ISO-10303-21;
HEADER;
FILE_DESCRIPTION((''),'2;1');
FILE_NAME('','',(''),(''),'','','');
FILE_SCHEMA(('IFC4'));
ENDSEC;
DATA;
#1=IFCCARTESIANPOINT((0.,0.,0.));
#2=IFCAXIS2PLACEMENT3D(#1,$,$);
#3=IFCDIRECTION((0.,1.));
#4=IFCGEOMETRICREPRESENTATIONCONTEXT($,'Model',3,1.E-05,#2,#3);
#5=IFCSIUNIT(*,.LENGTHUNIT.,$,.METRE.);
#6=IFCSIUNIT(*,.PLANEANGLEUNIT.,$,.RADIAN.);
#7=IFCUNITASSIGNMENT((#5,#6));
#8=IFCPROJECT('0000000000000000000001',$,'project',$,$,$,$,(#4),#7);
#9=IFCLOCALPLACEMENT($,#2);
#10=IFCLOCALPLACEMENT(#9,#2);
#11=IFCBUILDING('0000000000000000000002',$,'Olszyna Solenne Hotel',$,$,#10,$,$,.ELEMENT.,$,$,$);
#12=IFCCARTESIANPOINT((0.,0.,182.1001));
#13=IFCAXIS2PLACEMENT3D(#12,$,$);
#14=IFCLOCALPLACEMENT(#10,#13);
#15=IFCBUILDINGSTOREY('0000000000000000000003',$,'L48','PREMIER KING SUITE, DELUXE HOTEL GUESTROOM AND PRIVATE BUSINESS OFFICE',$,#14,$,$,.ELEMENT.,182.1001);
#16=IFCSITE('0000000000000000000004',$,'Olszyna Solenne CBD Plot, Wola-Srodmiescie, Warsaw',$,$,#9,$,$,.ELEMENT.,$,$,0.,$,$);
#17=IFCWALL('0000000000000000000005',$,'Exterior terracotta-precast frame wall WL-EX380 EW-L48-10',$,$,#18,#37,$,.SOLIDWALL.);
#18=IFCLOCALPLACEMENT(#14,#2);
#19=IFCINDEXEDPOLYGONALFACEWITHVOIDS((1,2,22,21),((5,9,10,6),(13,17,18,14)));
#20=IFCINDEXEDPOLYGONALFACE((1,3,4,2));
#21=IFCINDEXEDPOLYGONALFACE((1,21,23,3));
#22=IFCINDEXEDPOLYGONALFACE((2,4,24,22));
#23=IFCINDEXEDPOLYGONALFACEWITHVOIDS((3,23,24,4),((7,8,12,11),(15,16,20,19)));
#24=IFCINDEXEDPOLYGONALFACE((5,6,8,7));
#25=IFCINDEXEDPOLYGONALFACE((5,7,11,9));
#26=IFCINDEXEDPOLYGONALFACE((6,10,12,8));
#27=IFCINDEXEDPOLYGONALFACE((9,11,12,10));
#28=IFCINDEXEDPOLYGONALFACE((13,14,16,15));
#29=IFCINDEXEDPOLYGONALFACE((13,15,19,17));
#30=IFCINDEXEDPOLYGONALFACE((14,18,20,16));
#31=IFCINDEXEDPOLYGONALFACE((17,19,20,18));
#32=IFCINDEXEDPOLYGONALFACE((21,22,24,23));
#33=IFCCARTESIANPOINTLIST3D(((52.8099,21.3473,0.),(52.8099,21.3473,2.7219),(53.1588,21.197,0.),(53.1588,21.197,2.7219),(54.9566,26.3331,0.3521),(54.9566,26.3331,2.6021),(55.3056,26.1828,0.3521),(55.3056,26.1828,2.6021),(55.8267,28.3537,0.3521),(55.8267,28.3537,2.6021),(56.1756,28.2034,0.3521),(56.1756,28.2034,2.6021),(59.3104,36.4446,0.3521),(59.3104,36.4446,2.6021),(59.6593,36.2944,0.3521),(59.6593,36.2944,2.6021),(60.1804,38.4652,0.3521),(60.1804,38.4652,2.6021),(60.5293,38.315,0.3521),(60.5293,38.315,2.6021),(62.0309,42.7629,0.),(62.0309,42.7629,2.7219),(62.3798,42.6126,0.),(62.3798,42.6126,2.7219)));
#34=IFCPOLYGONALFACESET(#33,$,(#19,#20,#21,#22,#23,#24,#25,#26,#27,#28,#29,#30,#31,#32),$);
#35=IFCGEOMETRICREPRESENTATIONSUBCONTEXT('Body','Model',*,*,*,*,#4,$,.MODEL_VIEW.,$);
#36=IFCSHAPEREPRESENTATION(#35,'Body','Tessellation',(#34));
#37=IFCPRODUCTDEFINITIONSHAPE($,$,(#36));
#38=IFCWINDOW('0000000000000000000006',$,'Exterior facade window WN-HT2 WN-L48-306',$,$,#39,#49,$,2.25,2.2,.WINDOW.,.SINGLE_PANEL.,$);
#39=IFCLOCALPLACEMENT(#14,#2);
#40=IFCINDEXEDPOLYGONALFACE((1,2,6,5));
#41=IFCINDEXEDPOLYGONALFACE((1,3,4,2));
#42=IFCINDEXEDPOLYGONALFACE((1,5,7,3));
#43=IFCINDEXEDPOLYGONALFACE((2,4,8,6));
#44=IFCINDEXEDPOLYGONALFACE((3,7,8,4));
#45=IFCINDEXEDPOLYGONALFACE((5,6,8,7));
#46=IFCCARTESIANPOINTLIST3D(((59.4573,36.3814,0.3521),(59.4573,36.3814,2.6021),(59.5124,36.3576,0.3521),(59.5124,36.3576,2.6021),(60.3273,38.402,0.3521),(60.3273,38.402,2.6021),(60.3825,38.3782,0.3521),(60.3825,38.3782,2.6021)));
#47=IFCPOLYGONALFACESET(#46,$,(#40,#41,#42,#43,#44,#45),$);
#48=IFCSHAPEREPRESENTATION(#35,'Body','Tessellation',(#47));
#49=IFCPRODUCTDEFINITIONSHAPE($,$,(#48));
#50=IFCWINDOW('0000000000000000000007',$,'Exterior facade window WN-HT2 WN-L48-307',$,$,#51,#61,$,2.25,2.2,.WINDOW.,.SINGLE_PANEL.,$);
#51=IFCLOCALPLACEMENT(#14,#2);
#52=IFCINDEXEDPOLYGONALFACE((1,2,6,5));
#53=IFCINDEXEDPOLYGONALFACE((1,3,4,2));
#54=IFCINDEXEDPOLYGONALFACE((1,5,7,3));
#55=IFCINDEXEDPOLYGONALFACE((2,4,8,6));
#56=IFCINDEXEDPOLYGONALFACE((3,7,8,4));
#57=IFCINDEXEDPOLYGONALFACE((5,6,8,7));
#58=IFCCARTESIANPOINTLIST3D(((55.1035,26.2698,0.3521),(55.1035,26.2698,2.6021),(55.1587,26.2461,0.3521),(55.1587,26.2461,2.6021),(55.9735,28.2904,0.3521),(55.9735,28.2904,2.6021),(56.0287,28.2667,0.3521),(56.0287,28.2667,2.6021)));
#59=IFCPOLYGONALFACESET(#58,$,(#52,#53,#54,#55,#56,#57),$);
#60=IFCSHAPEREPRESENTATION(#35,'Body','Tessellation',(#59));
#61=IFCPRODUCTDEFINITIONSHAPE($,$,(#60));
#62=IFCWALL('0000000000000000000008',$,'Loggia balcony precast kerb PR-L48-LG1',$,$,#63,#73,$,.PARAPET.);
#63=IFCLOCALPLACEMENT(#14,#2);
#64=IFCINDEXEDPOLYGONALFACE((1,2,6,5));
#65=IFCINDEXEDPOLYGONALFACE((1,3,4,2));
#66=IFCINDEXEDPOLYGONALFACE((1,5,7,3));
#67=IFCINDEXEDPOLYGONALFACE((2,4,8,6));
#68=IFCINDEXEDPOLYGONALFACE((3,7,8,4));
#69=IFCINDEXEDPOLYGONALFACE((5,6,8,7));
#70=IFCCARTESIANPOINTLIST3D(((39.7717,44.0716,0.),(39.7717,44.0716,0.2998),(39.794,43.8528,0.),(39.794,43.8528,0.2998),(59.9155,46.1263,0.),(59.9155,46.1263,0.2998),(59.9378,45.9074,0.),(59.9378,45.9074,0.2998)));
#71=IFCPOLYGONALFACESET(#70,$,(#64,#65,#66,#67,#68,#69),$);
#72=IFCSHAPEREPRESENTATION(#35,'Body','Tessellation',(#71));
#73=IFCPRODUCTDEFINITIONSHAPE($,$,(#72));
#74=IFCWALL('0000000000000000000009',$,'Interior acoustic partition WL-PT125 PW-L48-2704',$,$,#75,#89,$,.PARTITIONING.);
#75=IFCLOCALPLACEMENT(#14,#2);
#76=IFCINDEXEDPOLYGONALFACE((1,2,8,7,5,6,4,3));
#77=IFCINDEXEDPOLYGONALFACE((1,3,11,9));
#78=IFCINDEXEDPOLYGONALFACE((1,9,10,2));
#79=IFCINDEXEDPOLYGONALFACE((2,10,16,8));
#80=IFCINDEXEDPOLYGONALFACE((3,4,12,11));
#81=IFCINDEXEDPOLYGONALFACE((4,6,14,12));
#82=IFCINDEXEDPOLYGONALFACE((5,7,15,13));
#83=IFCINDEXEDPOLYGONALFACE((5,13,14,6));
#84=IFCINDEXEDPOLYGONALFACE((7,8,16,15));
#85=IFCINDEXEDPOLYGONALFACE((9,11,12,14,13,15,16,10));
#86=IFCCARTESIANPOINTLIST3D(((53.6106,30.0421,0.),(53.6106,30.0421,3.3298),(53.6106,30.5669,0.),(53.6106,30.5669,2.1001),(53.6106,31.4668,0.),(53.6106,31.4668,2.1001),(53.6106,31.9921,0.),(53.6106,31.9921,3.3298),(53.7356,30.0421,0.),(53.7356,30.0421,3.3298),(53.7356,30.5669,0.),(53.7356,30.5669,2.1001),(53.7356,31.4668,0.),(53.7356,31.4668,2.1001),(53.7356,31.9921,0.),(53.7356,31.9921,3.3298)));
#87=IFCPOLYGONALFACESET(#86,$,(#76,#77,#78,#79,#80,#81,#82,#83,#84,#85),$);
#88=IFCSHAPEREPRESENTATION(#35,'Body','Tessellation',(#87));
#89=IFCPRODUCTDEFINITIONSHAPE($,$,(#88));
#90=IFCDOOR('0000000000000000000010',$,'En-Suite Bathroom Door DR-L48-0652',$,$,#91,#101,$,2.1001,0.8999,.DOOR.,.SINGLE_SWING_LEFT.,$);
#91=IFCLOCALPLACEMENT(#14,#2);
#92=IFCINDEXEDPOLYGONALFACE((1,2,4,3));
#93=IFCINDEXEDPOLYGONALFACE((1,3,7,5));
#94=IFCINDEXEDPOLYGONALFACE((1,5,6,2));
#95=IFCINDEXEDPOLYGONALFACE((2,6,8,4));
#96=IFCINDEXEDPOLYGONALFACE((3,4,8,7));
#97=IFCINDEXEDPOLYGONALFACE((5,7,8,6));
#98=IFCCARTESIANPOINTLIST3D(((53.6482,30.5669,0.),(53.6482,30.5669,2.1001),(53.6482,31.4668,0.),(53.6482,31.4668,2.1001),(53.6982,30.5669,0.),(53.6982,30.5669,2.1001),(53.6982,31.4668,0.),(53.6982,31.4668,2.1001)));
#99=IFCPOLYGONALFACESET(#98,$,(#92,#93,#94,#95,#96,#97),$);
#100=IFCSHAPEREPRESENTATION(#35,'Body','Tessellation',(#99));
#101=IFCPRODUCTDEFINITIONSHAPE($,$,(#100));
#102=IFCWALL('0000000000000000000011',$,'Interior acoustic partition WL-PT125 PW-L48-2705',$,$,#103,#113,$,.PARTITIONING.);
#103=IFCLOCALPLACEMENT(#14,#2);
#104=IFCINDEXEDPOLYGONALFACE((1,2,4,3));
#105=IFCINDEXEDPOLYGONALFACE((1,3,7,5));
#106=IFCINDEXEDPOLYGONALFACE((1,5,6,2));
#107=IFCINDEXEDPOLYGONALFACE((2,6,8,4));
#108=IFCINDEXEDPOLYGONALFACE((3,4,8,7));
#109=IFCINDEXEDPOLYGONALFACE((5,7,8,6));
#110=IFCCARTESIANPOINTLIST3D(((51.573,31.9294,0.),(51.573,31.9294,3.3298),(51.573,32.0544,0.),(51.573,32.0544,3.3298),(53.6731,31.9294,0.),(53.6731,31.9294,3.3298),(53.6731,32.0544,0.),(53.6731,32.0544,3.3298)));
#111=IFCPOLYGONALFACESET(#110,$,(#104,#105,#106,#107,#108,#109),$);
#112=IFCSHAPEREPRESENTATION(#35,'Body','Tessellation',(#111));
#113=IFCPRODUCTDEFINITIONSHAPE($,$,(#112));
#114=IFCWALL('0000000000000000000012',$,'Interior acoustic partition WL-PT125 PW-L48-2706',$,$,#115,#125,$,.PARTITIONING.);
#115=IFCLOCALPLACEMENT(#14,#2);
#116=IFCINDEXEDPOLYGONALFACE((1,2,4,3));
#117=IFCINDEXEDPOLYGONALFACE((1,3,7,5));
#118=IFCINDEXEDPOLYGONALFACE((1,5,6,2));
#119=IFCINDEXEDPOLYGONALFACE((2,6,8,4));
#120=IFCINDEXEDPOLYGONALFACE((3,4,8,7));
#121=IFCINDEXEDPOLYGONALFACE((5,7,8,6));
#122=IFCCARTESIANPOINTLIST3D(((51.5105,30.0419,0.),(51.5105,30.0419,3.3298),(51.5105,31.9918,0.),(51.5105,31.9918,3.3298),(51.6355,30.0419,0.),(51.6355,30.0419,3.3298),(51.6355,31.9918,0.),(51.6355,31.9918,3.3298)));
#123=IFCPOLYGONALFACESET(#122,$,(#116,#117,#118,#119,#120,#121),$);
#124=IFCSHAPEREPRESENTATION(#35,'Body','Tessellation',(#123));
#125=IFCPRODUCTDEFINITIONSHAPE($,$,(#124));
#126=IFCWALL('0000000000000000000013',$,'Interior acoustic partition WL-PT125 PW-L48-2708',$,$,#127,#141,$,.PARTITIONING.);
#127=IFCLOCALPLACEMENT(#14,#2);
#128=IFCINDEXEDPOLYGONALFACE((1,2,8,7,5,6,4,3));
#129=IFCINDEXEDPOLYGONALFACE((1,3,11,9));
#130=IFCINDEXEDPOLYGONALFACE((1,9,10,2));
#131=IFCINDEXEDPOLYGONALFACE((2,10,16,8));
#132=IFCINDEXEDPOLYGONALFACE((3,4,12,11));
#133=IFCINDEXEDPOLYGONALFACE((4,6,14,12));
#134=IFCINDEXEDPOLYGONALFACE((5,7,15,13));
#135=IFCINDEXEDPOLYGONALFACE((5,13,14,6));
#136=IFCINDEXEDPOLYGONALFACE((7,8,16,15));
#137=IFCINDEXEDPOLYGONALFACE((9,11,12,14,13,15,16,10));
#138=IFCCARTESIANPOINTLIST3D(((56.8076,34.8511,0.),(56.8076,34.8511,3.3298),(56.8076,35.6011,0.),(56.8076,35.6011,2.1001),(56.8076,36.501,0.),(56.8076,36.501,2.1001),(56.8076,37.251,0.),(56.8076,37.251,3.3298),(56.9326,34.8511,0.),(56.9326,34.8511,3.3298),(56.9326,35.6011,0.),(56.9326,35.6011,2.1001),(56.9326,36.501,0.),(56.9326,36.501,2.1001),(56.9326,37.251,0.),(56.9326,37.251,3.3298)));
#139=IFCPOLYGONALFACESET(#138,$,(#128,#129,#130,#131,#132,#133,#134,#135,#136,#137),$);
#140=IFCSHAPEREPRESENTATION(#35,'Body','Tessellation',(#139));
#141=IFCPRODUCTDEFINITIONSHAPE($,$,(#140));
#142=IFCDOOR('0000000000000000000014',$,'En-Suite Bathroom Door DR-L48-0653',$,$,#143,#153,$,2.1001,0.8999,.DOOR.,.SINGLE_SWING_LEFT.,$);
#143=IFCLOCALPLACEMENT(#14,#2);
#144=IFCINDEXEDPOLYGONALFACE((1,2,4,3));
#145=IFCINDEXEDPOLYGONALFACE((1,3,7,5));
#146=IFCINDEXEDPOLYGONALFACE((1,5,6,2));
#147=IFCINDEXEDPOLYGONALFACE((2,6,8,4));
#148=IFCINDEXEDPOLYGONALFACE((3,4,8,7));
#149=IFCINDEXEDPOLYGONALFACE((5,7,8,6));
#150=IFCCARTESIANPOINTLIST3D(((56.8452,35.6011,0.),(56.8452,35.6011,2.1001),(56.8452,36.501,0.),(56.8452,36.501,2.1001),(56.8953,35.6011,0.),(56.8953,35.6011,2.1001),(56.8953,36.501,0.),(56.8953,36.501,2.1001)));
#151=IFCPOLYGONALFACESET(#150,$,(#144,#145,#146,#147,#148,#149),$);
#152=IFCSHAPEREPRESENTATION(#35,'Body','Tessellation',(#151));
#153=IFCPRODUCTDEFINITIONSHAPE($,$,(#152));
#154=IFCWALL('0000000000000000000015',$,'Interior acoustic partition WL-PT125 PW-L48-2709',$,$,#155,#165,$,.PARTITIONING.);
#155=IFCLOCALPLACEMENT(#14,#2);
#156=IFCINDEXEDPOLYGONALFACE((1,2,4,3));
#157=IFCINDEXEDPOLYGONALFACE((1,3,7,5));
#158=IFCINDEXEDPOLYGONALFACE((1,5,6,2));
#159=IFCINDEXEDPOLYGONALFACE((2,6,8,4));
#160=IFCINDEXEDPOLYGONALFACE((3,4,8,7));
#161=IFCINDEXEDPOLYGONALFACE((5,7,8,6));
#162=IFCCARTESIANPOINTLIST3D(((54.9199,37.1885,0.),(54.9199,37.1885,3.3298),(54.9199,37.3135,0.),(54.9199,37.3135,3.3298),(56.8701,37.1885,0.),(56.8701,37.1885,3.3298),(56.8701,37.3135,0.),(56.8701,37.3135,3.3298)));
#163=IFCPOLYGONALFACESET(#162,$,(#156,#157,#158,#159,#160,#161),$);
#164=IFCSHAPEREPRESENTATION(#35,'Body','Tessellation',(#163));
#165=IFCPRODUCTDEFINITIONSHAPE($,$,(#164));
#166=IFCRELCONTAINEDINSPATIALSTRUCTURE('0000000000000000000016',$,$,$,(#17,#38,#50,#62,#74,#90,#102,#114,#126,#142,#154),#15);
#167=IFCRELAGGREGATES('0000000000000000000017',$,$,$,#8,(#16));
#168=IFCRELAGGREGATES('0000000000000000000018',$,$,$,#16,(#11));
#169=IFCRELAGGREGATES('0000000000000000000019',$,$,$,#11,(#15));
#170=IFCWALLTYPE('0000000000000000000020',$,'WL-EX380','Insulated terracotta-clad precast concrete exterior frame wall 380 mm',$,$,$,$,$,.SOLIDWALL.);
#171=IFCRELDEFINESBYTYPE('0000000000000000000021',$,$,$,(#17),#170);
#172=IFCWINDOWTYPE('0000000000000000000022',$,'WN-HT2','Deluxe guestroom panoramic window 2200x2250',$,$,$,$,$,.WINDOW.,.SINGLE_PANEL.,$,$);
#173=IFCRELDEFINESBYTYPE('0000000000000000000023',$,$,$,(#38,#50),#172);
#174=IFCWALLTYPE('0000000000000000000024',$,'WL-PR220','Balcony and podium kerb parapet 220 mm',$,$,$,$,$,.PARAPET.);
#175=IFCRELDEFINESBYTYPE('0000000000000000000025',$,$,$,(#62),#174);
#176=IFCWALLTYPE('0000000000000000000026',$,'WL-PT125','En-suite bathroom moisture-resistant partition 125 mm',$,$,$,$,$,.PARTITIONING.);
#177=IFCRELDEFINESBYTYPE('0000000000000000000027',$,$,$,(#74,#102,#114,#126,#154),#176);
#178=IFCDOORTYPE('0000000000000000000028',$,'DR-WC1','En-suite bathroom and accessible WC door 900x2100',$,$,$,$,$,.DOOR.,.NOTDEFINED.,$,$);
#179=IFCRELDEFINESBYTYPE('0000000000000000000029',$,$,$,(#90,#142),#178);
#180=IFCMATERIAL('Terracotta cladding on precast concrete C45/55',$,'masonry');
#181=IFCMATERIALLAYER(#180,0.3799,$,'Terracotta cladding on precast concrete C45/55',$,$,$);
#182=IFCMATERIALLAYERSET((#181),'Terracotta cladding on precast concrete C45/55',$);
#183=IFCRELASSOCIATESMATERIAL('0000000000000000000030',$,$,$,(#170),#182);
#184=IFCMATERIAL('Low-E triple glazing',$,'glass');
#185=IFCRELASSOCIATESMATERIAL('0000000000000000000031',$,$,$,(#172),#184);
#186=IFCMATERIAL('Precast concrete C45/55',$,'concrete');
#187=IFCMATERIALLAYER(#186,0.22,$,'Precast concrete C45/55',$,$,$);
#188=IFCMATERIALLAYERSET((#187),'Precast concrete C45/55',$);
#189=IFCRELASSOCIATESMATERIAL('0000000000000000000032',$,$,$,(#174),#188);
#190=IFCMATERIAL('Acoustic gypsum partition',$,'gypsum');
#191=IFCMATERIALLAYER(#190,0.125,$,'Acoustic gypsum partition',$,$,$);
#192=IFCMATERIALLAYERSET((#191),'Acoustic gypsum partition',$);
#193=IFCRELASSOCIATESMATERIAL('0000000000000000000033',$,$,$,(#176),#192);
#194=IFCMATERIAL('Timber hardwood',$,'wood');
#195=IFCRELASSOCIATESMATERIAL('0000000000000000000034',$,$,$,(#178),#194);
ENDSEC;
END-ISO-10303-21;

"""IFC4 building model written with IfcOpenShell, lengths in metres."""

from ifc_helpers import new_model, si_unit, direction, frame, frame_2d, origin, place, context, subcontext, project, spatial, rectangle, extrude, source, transform, mapped, material, layer, layer_set, type_object, type_shapes, element, fill, save


model = new_model("IFC4")

# Units and contexts
model_context = context("Model", 3, precision=1e-05, world=origin(), true_north=direction((0.0, 1.0)))
body_context = subcontext(model_context, "Body", "Model", "MODEL_VIEW")
ifc_project = project(units=[si_unit("LENGTHUNIT", "METRE"), si_unit("PLANEANGLEUNIT", "RADIAN")], contexts=[model_context])

# Site, building, storey
site_placement = place(None, origin())
site = spatial("IfcSite", under=ifc_project, at=site_placement, Name="Olszyna Solenne CBD Plot, Wola-Srodmiescie, Warsaw", CompositionType="ELEMENT", RefElevation=0.0)
building_placement = place(site_placement, origin())
building = spatial("IfcBuilding", under=site, at=building_placement, Name="Olszyna Solenne Hotel", CompositionType="ELEMENT")
storey_placement = place(building_placement, frame((0.0, 0.0, 182.1001)))
storey = spatial("IfcBuildingStorey", under=building, at=storey_placement, Name="L48", Description="PREMIER KING SUITE, DELUXE HOTEL GUESTROOM AND PRIVATE BUSINESS OFFICE", CompositionType="ELEMENT", Elevation=182.1001)

# Shared definitions
ifc_material_1 = material(Name="Terracotta cladding on precast concrete C45/55", Category="masonry")
ifc_layer_1 = layer(ifc_material_1, 0.3799, Name="Terracotta cladding on precast concrete C45/55")
ifc_layer_set_1 = layer_set([ifc_layer_1], Name="Terracotta cladding on precast concrete C45/55")
wall_type_1 = type_object("IfcWallType", Name="WL-EX380", Description="Insulated terracotta-clad precast concrete exterior frame wall 380 mm", PredefinedType="SOLIDWALL", material=ifc_layer_set_1)

# Wall, openings, windows
wall_1_placement = place(storey_placement, frame((62.2053, 42.6877, 0.0), z_axis=(0.0, 0.0, 1.0), x_axis=(-0.395472, -0.918478, 0.0)))
wall_1 = element("IfcWall", 1, at=wall_1_placement, inside=storey, type_object=wall_type_1, Name="Exterior terracotta-precast frame wall WL-EX380 EW-L48-10", PredefinedType="SOLIDWALL", context=body_context, shape_type="SweptSolid", body=[
    extrude(rectangle(XDim=23.3164, YDim=0.3799, at=frame_2d((11.6582, 0.0))), origin(), (0.0, 0.0, 1.0), 2.7219),
])
opening_1_placement = place(wall_1_placement, frame((4.679, 0.0, 0.3521)))
opening_1 = element("IfcOpeningElement", 2, at=opening_1_placement, cuts=wall_1, PredefinedType="OPENING", context=body_context, shape_type="SweptSolid", body=[
    extrude(rectangle(XDim=2.2, YDim=2.25, at=frame_2d((1.1001, 1.125))), frame((0.0, 0.2, 0.0), z_axis=(0.0, -1.0, 0.0), x_axis=(1.0, 0.0, 0.0)), (0.0, 0.0, 1.0), 0.3999),
])
opening_2_placement = place(wall_1_placement, frame((15.688, 0.0, 0.3521)))
opening_2 = element("IfcOpeningElement", 3, at=opening_2_placement, cuts=wall_1, PredefinedType="OPENING", context=body_context, shape_type="SweptSolid", body=[
    extrude(rectangle(XDim=2.2, YDim=2.25, at=frame_2d((1.1001, 1.125))), frame((0.0, 0.2, 0.0), z_axis=(0.0, -1.0, 0.0), x_axis=(1.0, 0.0, 0.0)), (0.0, 0.0, 1.0), 0.3999),
])
ifc_material_2 = material(Name="Low-E triple glazing", Category="glass")
window_type = type_object("IfcWindowType", Name="WN-HT2", Description="Deluxe guestroom panoramic window 2200x2250", PartitioningType="SINGLE_PANEL", PredefinedType="WINDOW", material=ifc_material_2)
shared_shape_1 = source(origin(), body_context, "Body", "SweptSolid", [
    extrude(rectangle(XDim=2.2, YDim=2.25, at=frame_2d((1.1001, 1.125))), frame((0.0, 0.03, 0.0), z_axis=(0.0, -1.0, 0.0), x_axis=(1.0, 0.0, 0.0)), (0.0, 0.0, 1.0), 0.0601),
])
type_shapes(window_type, [shared_shape_1])
window_1_placement = place(opening_1_placement, origin())
window_1 = element("IfcWindow", 4, at=window_1_placement, inside=storey, type_object=window_type, Name="Exterior facade window WN-HT2 WN-L48-306", OverallHeight=2.25, OverallWidth=2.2, PartitioningType="SINGLE_PANEL", PredefinedType="WINDOW", context=body_context, shape_type="MappedRepresentation", body=[
    mapped(shared_shape_1, transform((0.0, 0.0, 0.0), x_axis=(1.0, 0.0, 0.0), y_axis=(0.0, 1.0, 0.0), z_axis=(0.0, 0.0, 1.0), scale=1.0)),
])
fill(opening_1, window_1)
window_2_placement = place(opening_2_placement, origin())
window_2 = element("IfcWindow", 5, at=window_2_placement, inside=storey, type_object=window_type, Name="Exterior facade window WN-HT2 WN-L48-307", OverallHeight=2.25, OverallWidth=2.2, PartitioningType="SINGLE_PANEL", PredefinedType="WINDOW", context=body_context, shape_type="MappedRepresentation", body=[
    mapped(shared_shape_1, transform((0.0, 0.0, 0.0), x_axis=(1.0, 0.0, 0.0), y_axis=(0.0, 1.0, 0.0), z_axis=(0.0, 0.0, 1.0), scale=1.0)),
])
fill(opening_2, window_2)

# Wall
ifc_material_3 = material(Name="Precast concrete C45/55", Category="concrete")
ifc_layer_2 = layer(ifc_material_3, 0.22, Name="Precast concrete C45/55")
ifc_layer_set_2 = layer_set([ifc_layer_2], Name="Precast concrete C45/55")
wall_type_2 = type_object("IfcWallType", Name="WL-PR220", Description="Balcony and podium kerb parapet 220 mm", PredefinedType="PARAPET", material=ifc_layer_set_2)
wall_2_placement = place(storey_placement, frame((59.9265, 46.0168, 0.0), z_axis=(0.0, 0.0, 1.0), x_axis=(-0.994838, -0.101474, 0.0)))
element("IfcWall", 6, at=wall_2_placement, inside=storey, type_object=wall_type_2, Name="Loggia balcony precast kerb PR-L48-LG1", PredefinedType="PARAPET", context=body_context, shape_type="SweptSolid", body=[
    extrude(rectangle(XDim=20.2483, YDim=0.22, at=frame_2d((10.124, 0.0))), origin(), (0.0, 0.0, 1.0), 0.2998),
])

# Wall, opening, door
ifc_material_4 = material(Name="Acoustic gypsum partition", Category="gypsum")
ifc_layer_3 = layer(ifc_material_4, 0.125, Name="Acoustic gypsum partition")
ifc_layer_set_3 = layer_set([ifc_layer_3], Name="Acoustic gypsum partition")
wall_type_3 = type_object("IfcWallType", Name="WL-PT125", Description="En-suite bathroom moisture-resistant partition 125 mm", PredefinedType="PARTITIONING", material=ifc_layer_set_3)
wall_3_placement = place(storey_placement, frame((53.6731, 30.042, 0.0), z_axis=(0.0, 0.0, 1.0), x_axis=(0.0, 1.0, 0.0)))
wall_3 = element("IfcWall", 7, at=wall_3_placement, inside=storey, type_object=wall_type_3, Name="Interior acoustic partition WL-PT125 PW-L48-2704", PredefinedType="PARTITIONING", context=body_context, shape_type="SweptSolid", body=[
    extrude(rectangle(XDim=1.95, YDim=0.125, at=frame_2d((0.9751, 0.0))), origin(), (0.0, 0.0, 1.0), 3.3298),
])
opening_3_placement = place(wall_3_placement, frame((0.5249, 0.0, 0.0)))
opening_3 = element("IfcOpeningElement", 8, at=opening_3_placement, cuts=wall_3, PredefinedType="OPENING", context=body_context, shape_type="SweptSolid", body=[
    extrude(rectangle(XDim=0.8999, YDim=2.1001, at=frame_2d((0.45, 1.05))), frame((0.0, 0.0725, 0.0), z_axis=(0.0, -1.0, 0.0), x_axis=(1.0, 0.0, 0.0)), (0.0, 0.0, 1.0), 0.145),
])
ifc_material_5 = material(Name="Timber hardwood", Category="wood")
door_type = type_object("IfcDoorType", Name="DR-WC1", Description="En-suite bathroom and accessible WC door 900x2100", OperationType="NOTDEFINED", PredefinedType="DOOR", material=ifc_material_5)
shared_shape_2 = source(origin(), body_context, "Body", "SweptSolid", [
    extrude(rectangle(XDim=0.8999, YDim=2.1001, at=frame_2d((0.45, 1.05))), frame((0.0, 0.0249, 0.0), z_axis=(0.0, -1.0, 0.0), x_axis=(1.0, 0.0, 0.0)), (0.0, 0.0, 1.0), 0.05),
])
type_shapes(door_type, [shared_shape_2])
door_1_placement = place(opening_3_placement, origin())
door_1 = element("IfcDoor", 9, at=door_1_placement, inside=storey, type_object=door_type, Name="En-Suite Bathroom Door DR-L48-0652", OperationType="SINGLE_SWING_LEFT", OverallHeight=2.1001, OverallWidth=0.8999, PredefinedType="DOOR", context=body_context, shape_type="MappedRepresentation", body=[
    mapped(shared_shape_2, transform((0.0, 0.0, 0.0), x_axis=(1.0, 0.0, 0.0), y_axis=(0.0, 1.0, 0.0), z_axis=(0.0, 0.0, 1.0), scale=1.0)),
])
fill(opening_3, door_1)

# Walls
wall_4_placement = place(storey_placement, frame((53.6731, 31.9919, 0.0), z_axis=(0.0, 0.0, 1.0), x_axis=(-1.0, 0.0, 0.0)))
element("IfcWall", 10, at=wall_4_placement, inside=storey, type_object=wall_type_3, Name="Interior acoustic partition WL-PT125 PW-L48-2705", PredefinedType="PARTITIONING", context=body_context, shape_type="SweptSolid", body=[
    extrude(rectangle(XDim=2.1001, YDim=0.125, at=frame_2d((1.05, 0.0))), origin(), (0.0, 0.0, 1.0), 3.3298),
])
wall_5_placement = place(storey_placement, frame((51.573, 31.9919, 0.0), z_axis=(0.0, 0.0, 1.0), x_axis=(0.0, -1.0, 0.0)))
element("IfcWall", 11, at=wall_5_placement, inside=storey, type_object=wall_type_3, Name="Interior acoustic partition WL-PT125 PW-L48-2706", PredefinedType="PARTITIONING", context=body_context, shape_type="SweptSolid", body=[
    extrude(rectangle(XDim=1.95, YDim=0.125, at=frame_2d((0.9751, 0.0))), origin(), (0.0, 0.0, 1.0), 3.3298),
])

# Wall, opening, door
wall_6_placement = place(storey_placement, frame((56.8701, 34.8511, 0.0), z_axis=(0.0, 0.0, 1.0), x_axis=(0.0, 1.0, 0.0)))
wall_6 = element("IfcWall", 12, at=wall_6_placement, inside=storey, type_object=wall_type_3, Name="Interior acoustic partition WL-PT125 PW-L48-2708", PredefinedType="PARTITIONING", context=body_context, shape_type="SweptSolid", body=[
    extrude(rectangle(XDim=2.3999, YDim=0.125, at=frame_2d((1.2, 0.0))), origin(), (0.0, 0.0, 1.0), 3.3298),
])
opening_4_placement = place(wall_6_placement, frame((0.75, 0.0, 0.0)))
opening_4 = element("IfcOpeningElement", 13, at=opening_4_placement, cuts=wall_6, PredefinedType="OPENING", context=body_context, shape_type="SweptSolid", body=[
    extrude(rectangle(XDim=0.8999, YDim=2.1001, at=frame_2d((0.45, 1.05))), frame((0.0, 0.0725, 0.0), z_axis=(0.0, -1.0, 0.0), x_axis=(1.0, 0.0, 0.0)), (0.0, 0.0, 1.0), 0.145),
])
door_2_placement = place(opening_4_placement, origin())
door_2 = element("IfcDoor", 14, at=door_2_placement, inside=storey, type_object=door_type, Name="En-Suite Bathroom Door DR-L48-0653", OperationType="SINGLE_SWING_LEFT", OverallHeight=2.1001, OverallWidth=0.8999, PredefinedType="DOOR", context=body_context, shape_type="MappedRepresentation", body=[
    mapped(shared_shape_2, transform((0.0, 0.0, 0.0), x_axis=(1.0, 0.0, 0.0), y_axis=(0.0, 1.0, 0.0), z_axis=(0.0, 0.0, 1.0), scale=1.0)),
])
fill(opening_4, door_2)

# Wall
wall_7_placement = place(storey_placement, frame((56.8701, 37.251, 0.0), z_axis=(0.0, 0.0, 1.0), x_axis=(-1.0, 0.0, 0.0)))
element("IfcWall", 15, at=wall_7_placement, inside=storey, type_object=wall_type_3, Name="Interior acoustic partition WL-PT125 PW-L48-2709", PredefinedType="PARTITIONING", context=body_context, shape_type="SweptSolid", body=[
    extrude(rectangle(XDim=1.9502, YDim=0.125, at=frame_2d((0.9751, 0.0))), origin(), (0.0, 0.0, 1.0), 3.3298),
])

save(model, "model.ifc")
